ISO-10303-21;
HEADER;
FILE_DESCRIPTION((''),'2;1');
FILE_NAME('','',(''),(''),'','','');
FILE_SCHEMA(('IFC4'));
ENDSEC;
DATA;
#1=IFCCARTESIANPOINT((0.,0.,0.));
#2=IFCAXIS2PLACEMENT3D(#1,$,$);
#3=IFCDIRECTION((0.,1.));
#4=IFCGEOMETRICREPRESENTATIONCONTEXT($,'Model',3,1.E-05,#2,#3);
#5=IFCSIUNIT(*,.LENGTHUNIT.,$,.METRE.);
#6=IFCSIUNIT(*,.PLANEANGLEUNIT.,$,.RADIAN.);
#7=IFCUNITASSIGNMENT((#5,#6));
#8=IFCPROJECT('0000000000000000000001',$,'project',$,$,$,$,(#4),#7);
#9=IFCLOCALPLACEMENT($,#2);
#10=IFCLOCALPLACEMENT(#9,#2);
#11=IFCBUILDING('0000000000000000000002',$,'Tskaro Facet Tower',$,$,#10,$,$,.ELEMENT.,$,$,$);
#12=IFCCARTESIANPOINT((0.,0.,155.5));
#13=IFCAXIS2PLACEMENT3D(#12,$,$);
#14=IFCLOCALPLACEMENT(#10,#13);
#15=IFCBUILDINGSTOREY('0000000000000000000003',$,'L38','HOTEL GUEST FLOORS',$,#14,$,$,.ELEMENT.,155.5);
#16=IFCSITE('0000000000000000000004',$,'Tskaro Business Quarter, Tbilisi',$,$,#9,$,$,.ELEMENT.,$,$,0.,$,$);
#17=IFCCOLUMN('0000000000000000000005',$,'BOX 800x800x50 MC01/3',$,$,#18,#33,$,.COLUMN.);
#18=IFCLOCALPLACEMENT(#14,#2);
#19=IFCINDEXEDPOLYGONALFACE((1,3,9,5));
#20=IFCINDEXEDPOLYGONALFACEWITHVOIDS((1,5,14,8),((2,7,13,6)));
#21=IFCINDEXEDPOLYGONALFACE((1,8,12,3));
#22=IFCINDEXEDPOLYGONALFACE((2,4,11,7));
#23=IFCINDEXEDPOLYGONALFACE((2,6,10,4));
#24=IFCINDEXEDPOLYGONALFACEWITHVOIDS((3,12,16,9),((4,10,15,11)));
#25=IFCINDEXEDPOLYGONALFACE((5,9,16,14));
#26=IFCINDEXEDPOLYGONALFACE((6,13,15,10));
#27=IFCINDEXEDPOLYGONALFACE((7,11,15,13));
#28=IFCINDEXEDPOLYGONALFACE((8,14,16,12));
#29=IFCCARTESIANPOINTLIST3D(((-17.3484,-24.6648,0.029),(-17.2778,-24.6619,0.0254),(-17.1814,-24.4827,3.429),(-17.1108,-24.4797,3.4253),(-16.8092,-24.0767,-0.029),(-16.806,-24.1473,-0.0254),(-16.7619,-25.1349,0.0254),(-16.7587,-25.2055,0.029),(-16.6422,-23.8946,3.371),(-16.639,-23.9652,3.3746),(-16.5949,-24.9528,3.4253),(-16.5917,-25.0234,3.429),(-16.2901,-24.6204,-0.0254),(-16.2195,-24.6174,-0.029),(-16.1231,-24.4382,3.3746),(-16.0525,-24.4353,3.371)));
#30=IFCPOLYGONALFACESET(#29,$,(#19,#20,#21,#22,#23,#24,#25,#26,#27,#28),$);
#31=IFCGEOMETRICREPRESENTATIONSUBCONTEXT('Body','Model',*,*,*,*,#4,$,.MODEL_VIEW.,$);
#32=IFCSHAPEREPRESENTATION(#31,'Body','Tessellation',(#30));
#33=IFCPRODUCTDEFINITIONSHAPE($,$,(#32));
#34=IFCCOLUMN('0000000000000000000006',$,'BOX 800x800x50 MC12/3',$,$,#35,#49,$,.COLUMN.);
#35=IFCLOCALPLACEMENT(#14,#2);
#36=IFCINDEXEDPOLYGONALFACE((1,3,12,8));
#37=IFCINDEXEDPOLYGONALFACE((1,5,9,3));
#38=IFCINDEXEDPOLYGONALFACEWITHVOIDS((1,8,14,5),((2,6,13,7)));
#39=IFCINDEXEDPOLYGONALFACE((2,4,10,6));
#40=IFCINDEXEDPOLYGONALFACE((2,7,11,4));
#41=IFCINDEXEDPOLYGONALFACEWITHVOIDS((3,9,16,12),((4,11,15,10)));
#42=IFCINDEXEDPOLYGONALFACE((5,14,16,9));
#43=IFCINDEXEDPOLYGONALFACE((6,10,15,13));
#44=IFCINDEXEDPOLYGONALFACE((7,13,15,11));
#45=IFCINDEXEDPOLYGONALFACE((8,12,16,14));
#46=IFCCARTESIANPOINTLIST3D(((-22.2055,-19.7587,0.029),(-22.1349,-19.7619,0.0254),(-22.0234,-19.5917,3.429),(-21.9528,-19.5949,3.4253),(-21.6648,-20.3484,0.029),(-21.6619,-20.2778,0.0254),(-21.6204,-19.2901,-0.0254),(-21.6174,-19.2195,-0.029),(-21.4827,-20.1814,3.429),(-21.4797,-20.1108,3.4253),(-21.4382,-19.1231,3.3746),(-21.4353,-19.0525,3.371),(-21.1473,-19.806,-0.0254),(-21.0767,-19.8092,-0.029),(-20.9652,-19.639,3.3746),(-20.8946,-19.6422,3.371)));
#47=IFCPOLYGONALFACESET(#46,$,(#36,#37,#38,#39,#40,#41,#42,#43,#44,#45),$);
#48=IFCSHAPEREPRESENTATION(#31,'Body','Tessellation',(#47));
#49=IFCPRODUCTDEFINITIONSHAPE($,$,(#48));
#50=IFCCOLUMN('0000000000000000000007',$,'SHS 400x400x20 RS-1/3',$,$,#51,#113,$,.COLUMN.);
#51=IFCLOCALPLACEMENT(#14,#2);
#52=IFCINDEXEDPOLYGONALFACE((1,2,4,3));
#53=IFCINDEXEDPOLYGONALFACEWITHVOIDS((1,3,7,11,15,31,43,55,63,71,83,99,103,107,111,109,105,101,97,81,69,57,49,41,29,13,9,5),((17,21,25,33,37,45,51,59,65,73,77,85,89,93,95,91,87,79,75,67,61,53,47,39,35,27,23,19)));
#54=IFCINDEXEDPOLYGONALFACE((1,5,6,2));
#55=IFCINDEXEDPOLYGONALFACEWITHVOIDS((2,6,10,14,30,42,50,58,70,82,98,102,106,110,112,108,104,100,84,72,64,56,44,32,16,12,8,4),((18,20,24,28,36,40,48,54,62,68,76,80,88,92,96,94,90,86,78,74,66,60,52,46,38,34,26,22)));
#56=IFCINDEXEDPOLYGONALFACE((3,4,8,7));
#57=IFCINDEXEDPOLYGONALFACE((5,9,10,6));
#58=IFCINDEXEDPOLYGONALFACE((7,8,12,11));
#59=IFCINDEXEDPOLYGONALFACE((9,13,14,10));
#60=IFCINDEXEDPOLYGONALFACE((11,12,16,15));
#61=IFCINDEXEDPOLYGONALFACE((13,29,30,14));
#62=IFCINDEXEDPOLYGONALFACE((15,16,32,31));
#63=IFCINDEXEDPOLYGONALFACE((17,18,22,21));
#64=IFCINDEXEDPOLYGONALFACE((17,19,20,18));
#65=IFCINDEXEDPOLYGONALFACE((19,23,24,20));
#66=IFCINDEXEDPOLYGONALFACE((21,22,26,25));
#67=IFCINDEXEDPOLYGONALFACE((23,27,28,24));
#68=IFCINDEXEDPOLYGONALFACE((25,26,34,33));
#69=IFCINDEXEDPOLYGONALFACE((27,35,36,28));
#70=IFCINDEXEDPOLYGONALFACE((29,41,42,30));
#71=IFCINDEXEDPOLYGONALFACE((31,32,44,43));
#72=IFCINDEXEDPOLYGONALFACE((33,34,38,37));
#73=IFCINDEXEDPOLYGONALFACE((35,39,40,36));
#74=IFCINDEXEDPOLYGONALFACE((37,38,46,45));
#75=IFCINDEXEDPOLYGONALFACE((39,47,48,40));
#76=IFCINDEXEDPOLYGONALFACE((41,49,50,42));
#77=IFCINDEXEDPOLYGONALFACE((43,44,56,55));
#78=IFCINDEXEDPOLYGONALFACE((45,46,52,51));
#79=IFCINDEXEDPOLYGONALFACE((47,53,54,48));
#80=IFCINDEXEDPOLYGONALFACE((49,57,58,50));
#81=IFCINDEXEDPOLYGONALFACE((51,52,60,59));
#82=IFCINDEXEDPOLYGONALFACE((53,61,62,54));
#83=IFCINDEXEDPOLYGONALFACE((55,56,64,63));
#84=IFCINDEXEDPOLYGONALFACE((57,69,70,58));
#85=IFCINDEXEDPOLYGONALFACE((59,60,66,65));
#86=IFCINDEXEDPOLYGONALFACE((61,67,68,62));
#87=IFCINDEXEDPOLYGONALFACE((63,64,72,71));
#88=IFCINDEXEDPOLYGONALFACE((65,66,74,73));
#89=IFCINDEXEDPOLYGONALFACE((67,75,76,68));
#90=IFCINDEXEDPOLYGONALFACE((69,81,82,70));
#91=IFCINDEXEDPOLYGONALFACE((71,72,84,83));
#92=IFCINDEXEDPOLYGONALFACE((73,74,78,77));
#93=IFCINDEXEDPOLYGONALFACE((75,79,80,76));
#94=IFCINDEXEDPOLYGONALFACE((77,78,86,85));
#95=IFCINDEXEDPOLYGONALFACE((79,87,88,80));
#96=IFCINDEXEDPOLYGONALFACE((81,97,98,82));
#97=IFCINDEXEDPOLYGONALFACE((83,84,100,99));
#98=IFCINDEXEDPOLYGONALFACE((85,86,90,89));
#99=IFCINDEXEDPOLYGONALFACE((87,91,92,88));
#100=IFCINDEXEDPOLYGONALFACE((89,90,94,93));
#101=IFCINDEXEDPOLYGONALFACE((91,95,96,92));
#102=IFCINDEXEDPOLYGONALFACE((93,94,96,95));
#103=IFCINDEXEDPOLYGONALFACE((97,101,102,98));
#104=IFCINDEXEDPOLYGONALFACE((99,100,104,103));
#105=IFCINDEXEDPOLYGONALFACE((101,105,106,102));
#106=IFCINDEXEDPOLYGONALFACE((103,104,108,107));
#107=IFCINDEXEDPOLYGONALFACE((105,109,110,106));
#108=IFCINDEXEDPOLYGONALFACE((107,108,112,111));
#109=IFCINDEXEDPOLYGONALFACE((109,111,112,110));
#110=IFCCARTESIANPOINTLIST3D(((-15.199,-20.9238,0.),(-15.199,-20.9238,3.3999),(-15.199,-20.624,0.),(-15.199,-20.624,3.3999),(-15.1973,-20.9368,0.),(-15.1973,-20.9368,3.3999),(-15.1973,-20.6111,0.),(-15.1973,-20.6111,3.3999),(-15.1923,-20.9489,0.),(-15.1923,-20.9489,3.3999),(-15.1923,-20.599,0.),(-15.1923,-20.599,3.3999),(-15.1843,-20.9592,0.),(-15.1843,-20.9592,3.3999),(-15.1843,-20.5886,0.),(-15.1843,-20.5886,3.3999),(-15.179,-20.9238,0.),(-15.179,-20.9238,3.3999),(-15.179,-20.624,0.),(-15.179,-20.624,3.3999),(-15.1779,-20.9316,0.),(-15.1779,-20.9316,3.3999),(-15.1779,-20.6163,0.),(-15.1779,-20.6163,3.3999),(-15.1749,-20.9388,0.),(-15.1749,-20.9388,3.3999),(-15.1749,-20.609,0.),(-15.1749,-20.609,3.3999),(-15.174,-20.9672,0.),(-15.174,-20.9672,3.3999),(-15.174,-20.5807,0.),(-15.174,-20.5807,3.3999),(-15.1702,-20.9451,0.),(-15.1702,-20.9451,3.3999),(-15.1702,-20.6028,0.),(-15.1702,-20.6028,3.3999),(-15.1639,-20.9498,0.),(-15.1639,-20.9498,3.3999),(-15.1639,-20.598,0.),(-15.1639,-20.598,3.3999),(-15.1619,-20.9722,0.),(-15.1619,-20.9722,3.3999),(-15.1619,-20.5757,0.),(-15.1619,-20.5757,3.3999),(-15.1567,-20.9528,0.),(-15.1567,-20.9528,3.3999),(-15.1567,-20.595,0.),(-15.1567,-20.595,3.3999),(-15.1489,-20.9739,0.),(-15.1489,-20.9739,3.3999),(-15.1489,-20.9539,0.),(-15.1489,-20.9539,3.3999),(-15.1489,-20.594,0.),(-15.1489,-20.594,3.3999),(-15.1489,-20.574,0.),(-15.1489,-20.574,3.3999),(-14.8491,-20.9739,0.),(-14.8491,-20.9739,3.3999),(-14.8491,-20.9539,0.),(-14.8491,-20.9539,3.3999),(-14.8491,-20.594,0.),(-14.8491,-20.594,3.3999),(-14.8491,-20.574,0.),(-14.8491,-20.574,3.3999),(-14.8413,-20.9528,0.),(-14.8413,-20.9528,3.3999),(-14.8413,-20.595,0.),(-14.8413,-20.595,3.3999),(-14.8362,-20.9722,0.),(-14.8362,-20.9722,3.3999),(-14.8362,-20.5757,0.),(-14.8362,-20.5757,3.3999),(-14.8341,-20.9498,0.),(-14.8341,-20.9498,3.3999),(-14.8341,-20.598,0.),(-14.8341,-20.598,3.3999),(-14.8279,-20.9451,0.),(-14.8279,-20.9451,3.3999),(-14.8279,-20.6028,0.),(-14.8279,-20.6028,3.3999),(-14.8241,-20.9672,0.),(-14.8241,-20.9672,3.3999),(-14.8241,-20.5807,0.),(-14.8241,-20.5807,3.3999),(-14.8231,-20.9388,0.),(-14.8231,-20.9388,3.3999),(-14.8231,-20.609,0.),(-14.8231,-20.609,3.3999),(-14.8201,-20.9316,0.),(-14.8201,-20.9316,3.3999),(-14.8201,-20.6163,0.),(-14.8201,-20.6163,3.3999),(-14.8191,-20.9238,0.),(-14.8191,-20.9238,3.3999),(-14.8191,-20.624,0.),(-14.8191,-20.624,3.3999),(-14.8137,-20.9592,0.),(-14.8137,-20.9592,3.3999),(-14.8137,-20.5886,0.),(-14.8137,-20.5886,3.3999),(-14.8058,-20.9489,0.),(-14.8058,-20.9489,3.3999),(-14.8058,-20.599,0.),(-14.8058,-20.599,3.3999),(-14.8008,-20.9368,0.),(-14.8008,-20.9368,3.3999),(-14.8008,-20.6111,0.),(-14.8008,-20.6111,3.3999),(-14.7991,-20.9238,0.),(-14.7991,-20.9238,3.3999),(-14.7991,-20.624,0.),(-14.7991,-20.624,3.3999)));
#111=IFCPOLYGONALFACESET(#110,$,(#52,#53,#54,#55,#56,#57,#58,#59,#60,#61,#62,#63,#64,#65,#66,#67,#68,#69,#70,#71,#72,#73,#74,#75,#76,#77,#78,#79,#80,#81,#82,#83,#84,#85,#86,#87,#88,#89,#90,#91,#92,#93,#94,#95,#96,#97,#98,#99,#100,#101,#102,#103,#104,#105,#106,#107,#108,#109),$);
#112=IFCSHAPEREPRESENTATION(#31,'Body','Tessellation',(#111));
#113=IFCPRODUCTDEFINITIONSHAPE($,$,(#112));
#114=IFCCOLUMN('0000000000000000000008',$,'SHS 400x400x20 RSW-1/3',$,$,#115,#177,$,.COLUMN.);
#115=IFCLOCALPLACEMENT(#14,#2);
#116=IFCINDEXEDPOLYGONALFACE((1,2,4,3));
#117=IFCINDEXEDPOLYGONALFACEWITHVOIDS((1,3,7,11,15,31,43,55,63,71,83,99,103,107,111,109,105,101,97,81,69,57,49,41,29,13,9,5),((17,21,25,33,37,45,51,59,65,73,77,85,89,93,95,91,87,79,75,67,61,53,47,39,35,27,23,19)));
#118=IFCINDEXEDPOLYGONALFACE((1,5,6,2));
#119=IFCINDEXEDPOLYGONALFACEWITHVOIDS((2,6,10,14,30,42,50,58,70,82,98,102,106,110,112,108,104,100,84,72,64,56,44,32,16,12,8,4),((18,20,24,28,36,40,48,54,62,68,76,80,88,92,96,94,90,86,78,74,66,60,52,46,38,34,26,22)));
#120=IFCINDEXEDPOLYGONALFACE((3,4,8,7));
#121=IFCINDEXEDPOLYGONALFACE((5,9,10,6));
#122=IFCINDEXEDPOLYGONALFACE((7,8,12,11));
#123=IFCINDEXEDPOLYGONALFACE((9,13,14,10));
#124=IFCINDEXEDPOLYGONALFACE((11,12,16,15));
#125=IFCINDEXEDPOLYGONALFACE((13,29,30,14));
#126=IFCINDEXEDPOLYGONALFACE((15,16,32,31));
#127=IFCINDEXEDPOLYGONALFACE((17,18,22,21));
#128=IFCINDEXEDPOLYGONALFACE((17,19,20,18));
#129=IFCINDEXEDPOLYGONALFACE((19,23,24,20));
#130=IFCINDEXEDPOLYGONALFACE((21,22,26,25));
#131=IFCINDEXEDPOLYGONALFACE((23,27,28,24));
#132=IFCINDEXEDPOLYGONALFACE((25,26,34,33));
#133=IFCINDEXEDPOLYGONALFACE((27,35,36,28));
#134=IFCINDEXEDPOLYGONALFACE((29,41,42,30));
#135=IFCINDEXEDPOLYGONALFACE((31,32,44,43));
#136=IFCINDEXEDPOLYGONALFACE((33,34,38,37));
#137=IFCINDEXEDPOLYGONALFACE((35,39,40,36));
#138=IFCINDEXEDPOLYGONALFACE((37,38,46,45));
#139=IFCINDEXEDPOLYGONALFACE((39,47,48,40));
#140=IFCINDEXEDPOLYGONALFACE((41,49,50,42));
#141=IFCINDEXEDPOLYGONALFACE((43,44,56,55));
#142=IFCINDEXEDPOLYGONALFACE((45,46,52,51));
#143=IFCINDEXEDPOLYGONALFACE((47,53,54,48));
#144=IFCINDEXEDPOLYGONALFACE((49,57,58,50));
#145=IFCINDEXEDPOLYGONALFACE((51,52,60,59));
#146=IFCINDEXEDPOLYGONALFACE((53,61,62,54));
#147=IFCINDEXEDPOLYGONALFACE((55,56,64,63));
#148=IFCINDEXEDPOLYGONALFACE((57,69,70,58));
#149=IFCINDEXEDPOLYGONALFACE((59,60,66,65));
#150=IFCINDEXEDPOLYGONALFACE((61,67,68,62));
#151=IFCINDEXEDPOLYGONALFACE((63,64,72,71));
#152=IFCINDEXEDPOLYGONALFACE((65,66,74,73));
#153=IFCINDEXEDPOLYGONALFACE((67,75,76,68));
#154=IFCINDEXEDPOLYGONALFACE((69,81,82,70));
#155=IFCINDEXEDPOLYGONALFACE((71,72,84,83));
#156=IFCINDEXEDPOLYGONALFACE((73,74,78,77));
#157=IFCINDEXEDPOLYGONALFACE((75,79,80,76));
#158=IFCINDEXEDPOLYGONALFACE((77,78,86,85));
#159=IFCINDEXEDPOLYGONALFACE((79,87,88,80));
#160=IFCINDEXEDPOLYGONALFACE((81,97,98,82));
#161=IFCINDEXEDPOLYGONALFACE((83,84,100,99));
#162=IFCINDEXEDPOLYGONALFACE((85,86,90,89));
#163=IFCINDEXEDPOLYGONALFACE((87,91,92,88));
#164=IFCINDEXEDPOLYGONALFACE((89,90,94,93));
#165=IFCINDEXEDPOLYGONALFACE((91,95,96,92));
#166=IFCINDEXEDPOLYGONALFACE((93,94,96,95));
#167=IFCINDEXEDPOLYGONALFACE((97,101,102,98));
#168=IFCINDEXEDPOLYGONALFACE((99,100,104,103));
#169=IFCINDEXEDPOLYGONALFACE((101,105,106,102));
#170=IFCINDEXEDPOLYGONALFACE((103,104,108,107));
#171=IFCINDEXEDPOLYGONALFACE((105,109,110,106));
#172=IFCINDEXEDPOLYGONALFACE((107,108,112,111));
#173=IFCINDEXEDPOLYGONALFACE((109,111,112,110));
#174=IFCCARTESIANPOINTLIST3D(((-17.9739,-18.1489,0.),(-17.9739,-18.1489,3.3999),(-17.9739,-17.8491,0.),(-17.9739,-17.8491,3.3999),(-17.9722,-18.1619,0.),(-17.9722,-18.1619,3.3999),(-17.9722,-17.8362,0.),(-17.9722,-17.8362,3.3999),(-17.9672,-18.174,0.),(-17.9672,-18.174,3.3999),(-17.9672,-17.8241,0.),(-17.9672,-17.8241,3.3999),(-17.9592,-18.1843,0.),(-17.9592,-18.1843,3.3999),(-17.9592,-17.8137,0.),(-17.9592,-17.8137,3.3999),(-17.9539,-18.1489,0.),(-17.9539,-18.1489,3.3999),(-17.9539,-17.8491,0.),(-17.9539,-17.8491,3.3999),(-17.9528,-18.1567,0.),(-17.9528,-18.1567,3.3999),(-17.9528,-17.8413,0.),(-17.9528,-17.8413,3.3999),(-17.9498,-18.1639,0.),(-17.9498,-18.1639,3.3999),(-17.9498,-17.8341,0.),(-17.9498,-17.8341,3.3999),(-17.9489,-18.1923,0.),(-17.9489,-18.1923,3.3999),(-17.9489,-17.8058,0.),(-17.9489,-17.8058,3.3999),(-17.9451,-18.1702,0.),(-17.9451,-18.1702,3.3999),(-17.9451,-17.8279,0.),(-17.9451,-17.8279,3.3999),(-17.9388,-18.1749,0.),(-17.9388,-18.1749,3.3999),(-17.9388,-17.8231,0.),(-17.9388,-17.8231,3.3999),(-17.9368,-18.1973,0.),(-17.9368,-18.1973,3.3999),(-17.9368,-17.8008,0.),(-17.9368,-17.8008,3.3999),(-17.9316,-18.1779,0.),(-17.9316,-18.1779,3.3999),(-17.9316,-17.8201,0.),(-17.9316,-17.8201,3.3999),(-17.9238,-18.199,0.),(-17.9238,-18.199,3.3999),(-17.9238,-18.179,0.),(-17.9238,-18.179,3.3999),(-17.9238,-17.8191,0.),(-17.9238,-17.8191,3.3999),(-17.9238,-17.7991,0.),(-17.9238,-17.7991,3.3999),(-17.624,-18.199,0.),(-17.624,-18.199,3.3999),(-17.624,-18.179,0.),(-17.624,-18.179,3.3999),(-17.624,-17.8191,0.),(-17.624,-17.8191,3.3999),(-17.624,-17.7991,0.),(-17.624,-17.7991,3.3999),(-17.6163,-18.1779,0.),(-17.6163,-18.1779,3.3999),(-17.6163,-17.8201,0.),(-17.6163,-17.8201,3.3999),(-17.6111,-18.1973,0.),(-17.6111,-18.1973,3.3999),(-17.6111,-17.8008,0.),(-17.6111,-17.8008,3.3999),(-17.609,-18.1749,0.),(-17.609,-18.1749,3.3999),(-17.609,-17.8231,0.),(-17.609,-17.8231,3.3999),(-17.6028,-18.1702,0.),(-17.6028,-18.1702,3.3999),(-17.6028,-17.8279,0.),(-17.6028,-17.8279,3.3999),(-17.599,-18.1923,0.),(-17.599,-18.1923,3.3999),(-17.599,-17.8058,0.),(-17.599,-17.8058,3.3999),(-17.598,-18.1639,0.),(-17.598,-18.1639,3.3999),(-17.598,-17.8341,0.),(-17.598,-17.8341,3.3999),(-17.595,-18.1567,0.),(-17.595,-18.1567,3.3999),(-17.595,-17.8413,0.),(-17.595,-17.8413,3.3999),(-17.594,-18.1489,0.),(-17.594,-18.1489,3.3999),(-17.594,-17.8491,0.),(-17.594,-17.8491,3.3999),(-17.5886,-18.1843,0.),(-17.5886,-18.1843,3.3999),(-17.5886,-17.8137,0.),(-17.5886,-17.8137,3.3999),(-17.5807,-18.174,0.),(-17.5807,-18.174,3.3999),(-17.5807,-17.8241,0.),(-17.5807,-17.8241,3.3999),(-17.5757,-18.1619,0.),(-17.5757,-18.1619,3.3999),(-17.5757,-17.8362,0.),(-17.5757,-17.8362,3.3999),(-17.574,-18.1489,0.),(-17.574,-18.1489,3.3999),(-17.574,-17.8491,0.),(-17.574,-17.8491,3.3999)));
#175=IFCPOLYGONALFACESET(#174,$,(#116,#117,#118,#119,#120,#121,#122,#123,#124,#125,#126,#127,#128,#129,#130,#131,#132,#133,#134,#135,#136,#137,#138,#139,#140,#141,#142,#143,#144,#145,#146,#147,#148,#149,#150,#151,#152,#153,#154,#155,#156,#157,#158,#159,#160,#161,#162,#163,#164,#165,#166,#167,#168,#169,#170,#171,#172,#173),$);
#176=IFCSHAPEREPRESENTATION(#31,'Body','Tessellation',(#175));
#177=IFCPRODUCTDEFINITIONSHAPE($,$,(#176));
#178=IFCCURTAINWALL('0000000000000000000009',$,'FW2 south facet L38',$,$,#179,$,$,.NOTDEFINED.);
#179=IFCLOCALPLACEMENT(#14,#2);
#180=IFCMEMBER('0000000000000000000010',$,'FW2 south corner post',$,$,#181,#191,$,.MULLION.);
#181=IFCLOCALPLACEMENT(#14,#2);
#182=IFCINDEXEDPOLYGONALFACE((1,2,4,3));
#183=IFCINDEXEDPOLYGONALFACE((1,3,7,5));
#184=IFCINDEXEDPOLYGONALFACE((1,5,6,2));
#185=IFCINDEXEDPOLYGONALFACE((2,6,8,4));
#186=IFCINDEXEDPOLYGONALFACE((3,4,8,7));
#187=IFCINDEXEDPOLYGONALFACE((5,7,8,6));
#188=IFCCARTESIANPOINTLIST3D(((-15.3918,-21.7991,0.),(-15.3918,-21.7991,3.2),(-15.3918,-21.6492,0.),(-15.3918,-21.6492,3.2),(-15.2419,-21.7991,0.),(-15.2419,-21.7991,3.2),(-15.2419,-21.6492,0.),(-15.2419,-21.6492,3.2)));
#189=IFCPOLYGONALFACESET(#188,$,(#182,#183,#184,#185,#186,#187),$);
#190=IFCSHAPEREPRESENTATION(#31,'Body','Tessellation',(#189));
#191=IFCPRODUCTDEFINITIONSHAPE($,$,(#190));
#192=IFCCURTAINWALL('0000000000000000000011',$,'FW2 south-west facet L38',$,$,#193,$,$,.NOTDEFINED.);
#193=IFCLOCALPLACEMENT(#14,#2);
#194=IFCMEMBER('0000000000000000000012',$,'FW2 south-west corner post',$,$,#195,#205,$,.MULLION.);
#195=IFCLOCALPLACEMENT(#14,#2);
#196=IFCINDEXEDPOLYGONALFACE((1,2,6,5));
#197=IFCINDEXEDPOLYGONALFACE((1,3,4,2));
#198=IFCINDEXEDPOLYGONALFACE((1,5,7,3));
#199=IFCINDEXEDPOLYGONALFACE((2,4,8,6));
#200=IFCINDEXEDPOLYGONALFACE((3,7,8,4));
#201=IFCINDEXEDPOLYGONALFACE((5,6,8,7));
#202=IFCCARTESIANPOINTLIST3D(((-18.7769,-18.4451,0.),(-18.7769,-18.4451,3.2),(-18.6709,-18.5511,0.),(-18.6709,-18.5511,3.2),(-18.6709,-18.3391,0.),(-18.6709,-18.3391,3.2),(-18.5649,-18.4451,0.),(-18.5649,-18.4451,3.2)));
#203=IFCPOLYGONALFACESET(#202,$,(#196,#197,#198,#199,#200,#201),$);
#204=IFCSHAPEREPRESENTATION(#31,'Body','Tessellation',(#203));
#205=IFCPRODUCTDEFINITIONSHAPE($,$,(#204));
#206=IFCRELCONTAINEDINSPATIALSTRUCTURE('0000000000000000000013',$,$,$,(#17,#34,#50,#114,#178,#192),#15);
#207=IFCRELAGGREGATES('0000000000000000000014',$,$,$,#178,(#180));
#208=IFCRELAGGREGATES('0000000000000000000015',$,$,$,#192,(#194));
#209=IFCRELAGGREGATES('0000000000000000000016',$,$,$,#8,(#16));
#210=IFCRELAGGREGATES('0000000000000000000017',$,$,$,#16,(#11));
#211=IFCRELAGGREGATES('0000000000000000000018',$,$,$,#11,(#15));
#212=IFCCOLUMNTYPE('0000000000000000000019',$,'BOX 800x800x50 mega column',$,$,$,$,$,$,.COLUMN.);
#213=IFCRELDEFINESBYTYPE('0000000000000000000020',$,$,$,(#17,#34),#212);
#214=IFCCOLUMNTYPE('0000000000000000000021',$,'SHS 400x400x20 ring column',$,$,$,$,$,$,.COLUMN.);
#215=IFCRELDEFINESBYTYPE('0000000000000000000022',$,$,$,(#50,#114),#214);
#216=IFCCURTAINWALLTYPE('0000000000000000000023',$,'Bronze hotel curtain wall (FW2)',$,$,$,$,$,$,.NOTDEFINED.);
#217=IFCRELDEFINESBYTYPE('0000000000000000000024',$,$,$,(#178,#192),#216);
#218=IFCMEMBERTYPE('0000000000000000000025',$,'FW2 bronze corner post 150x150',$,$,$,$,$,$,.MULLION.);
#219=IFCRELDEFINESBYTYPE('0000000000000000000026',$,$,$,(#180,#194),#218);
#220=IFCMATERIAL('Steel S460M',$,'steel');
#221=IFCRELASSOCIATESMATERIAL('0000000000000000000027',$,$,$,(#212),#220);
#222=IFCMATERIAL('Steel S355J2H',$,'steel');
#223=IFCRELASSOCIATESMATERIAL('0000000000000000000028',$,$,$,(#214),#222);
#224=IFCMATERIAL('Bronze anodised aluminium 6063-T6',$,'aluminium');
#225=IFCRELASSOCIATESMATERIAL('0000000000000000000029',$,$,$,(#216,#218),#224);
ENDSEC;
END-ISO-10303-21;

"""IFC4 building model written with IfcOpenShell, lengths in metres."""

from ifc_helpers import new_model, si_unit, direction, frame, origin, origin_2d, place, context, subcontext, project, spatial, rectangle, hollow_rectangle, extrude, material, material_profile, profile_set, type_object, element, aggregate, save


model = new_model("IFC4")

# Units and contexts
model_context = context("Model", 3, precision=1e-05, world=origin(), true_north=direction((0.0, 1.0)))
body_context = subcontext(model_context, "Body", "Model", "MODEL_VIEW")
ifc_project = project(units=[si_unit("LENGTHUNIT", "METRE"), si_unit("PLANEANGLEUNIT", "RADIAN")], contexts=[model_context])

# Site, building, storey
site_placement = place(None, origin())
site = spatial("IfcSite", under=ifc_project, at=site_placement, Name="Tskaro Business Quarter, Tbilisi", CompositionType="ELEMENT", RefElevation=0.0)
building_placement = place(site_placement, origin())
building = spatial("IfcBuilding", under=site, at=building_placement, Name="Tskaro Facet Tower", CompositionType="ELEMENT")
storey_placement = place(building_placement, frame((0.0, 0.0, 155.5)))
storey = spatial("IfcBuildingStorey", under=building, at=storey_placement, Name="L38", Description="HOTEL GUEST FLOORS", CompositionType="ELEMENT", Elevation=155.5)

# Columns
ifc_material_1 = material(Name="Steel S460M", Category="steel")
ifc_material_profile_1 = material_profile(ifc_material_1, hollow_rectangle(XDim=0.8, YDim=0.8, WallThickness=0.05, at=origin_2d()), Name="BOX 800x800x50")
ifc_profile_set_1 = profile_set([ifc_material_profile_1], Name="Steel S460M")
column_type_1 = type_object("IfcColumnType", Name="BOX 800x800x50 mega column", PredefinedType="COLUMN", material=ifc_profile_set_1)
for number, where, z_axis, x_axis, name in (
    (1, (-16.7839, -24.6411, 0.0), (0.048988, 0.053428, 0.997369), (-0.737072, 0.675814, 0.0), "BOX 800x800x50 MC01/3"),
    (2, (-21.6411, -19.7839, 0.0), (0.053428, 0.048988, 0.997369), (-0.675814, 0.737072, 0.0), "BOX 800x800x50 MC12/3"),
):
    element("IfcColumn", number, at=place(storey_placement, frame(where, z_axis=z_axis, x_axis=x_axis)), inside=storey, type_object=column_type_1, Name=name, PredefinedType="COLUMN", context=body_context, shape_type="SweptSolid", body=[
        extrude(hollow_rectangle(XDim=0.8, YDim=0.8, WallThickness=0.05, at=origin_2d()), origin(), (0.0, 0.0, 1.0), 3.4089),
    ])
ifc_material_2 = material(Name="Steel S355J2H", Category="steel")
ifc_material_profile_2 = material_profile(ifc_material_2, hollow_rectangle(XDim=0.3999, YDim=0.3999, WallThickness=0.02, InnerFilletRadius=0.03, OuterFilletRadius=0.05, at=origin_2d()), Name="SHS 400x400x20")
ifc_profile_set_2 = profile_set([ifc_material_profile_2], Name="Steel S355J2H")
column_type_2 = type_object("IfcColumnType", Name="SHS 400x400x20 ring column", PredefinedType="COLUMN", material=ifc_profile_set_2)
for number, where, z_axis, x_axis, name in (
    (3, (-14.999, -20.7739, 0.0), (0.0, 0.0, 1.0), (1.0, 0.0, 0.0), "SHS 400x400x20 RS-1/3"),
    (4, (-17.7739, -17.999, 0.0), (0.0, 0.0, 1.0), (1.0, 0.0, 0.0), "SHS 400x400x20 RSW-1/3"),
):
    element("IfcColumn", number, at=place(storey_placement, frame(where, z_axis=z_axis, x_axis=x_axis)), inside=storey, type_object=column_type_2, Name=name, PredefinedType="COLUMN", context=body_context, shape_type="SweptSolid", body=[
        extrude(hollow_rectangle(XDim=0.3999, YDim=0.3999, WallThickness=0.02, InnerFilletRadius=0.03, OuterFilletRadius=0.05, at=origin_2d()), origin(), (0.0, 0.0, 1.0), 3.3999),
    ])

# Curtain walls, members
ifc_material_3 = material(Name="Bronze anodised aluminium 6063-T6", Category="aluminium")
curtain_wall_type = type_object("IfcCurtainWallType", Name="Bronze hotel curtain wall (FW2)", PredefinedType="NOTDEFINED", material=ifc_material_3)
curtain_wall_1_placement = place(storey_placement, origin())
curtain_wall_1 = element("IfcCurtainWall", 5, at=curtain_wall_1_placement, inside=storey, type_object=curtain_wall_type, Name="FW2 south facet L38", PredefinedType="NOTDEFINED")
ifc_material_profile_3 = material_profile(ifc_material_3, rectangle(XDim=0.1499, YDim=0.1499, at=origin_2d()), Name="Corner post 150x150")
ifc_profile_set_3 = profile_set([ifc_material_profile_3], Name="Bronze anodised aluminium 6063-T6")
member_type_1 = type_object("IfcMemberType", Name="FW2 bronze corner post 150x150", PredefinedType="MULLION", material=ifc_profile_set_3)
member_1_placement = place(storey_placement, frame((-15.3169, -21.7241, 0.0), z_axis=(0.0, 0.0, 1.0), x_axis=(1.0, 0.0, 0.0)))
member_1 = element("IfcMember", 6, at=member_1_placement, type_object=member_type_1, Name="FW2 south corner post", PredefinedType="MULLION", context=body_context, shape_type="SweptSolid", body=[
    extrude(rectangle(XDim=0.1499, YDim=0.1499, at=origin_2d()), origin(), (0.0, 0.0, 1.0), 3.2),
])
curtain_wall_2_placement = place(storey_placement, origin())
curtain_wall_2 = element("IfcCurtainWall", 7, at=curtain_wall_2_placement, inside=storey, type_object=curtain_wall_type, Name="FW2 south-west facet L38", PredefinedType="NOTDEFINED")
member_2_placement = place(storey_placement, frame((-18.6709, -18.4451, 0.0), z_axis=(0.0, 0.0, 1.0), x_axis=(0.707107, -0.707107, 0.0)))
member_2 = element("IfcMember", 8, at=member_2_placement, type_object=member_type_1, Name="FW2 south-west corner post", PredefinedType="MULLION", context=body_context, shape_type="SweptSolid", body=[
    extrude(rectangle(XDim=0.1499, YDim=0.1499, at=origin_2d()), origin(), (0.0, 0.0, 1.0), 3.2),
])

aggregate(curtain_wall_1, [member_1])

aggregate(curtain_wall_2, [member_2])

save(model, "model.ifc")
